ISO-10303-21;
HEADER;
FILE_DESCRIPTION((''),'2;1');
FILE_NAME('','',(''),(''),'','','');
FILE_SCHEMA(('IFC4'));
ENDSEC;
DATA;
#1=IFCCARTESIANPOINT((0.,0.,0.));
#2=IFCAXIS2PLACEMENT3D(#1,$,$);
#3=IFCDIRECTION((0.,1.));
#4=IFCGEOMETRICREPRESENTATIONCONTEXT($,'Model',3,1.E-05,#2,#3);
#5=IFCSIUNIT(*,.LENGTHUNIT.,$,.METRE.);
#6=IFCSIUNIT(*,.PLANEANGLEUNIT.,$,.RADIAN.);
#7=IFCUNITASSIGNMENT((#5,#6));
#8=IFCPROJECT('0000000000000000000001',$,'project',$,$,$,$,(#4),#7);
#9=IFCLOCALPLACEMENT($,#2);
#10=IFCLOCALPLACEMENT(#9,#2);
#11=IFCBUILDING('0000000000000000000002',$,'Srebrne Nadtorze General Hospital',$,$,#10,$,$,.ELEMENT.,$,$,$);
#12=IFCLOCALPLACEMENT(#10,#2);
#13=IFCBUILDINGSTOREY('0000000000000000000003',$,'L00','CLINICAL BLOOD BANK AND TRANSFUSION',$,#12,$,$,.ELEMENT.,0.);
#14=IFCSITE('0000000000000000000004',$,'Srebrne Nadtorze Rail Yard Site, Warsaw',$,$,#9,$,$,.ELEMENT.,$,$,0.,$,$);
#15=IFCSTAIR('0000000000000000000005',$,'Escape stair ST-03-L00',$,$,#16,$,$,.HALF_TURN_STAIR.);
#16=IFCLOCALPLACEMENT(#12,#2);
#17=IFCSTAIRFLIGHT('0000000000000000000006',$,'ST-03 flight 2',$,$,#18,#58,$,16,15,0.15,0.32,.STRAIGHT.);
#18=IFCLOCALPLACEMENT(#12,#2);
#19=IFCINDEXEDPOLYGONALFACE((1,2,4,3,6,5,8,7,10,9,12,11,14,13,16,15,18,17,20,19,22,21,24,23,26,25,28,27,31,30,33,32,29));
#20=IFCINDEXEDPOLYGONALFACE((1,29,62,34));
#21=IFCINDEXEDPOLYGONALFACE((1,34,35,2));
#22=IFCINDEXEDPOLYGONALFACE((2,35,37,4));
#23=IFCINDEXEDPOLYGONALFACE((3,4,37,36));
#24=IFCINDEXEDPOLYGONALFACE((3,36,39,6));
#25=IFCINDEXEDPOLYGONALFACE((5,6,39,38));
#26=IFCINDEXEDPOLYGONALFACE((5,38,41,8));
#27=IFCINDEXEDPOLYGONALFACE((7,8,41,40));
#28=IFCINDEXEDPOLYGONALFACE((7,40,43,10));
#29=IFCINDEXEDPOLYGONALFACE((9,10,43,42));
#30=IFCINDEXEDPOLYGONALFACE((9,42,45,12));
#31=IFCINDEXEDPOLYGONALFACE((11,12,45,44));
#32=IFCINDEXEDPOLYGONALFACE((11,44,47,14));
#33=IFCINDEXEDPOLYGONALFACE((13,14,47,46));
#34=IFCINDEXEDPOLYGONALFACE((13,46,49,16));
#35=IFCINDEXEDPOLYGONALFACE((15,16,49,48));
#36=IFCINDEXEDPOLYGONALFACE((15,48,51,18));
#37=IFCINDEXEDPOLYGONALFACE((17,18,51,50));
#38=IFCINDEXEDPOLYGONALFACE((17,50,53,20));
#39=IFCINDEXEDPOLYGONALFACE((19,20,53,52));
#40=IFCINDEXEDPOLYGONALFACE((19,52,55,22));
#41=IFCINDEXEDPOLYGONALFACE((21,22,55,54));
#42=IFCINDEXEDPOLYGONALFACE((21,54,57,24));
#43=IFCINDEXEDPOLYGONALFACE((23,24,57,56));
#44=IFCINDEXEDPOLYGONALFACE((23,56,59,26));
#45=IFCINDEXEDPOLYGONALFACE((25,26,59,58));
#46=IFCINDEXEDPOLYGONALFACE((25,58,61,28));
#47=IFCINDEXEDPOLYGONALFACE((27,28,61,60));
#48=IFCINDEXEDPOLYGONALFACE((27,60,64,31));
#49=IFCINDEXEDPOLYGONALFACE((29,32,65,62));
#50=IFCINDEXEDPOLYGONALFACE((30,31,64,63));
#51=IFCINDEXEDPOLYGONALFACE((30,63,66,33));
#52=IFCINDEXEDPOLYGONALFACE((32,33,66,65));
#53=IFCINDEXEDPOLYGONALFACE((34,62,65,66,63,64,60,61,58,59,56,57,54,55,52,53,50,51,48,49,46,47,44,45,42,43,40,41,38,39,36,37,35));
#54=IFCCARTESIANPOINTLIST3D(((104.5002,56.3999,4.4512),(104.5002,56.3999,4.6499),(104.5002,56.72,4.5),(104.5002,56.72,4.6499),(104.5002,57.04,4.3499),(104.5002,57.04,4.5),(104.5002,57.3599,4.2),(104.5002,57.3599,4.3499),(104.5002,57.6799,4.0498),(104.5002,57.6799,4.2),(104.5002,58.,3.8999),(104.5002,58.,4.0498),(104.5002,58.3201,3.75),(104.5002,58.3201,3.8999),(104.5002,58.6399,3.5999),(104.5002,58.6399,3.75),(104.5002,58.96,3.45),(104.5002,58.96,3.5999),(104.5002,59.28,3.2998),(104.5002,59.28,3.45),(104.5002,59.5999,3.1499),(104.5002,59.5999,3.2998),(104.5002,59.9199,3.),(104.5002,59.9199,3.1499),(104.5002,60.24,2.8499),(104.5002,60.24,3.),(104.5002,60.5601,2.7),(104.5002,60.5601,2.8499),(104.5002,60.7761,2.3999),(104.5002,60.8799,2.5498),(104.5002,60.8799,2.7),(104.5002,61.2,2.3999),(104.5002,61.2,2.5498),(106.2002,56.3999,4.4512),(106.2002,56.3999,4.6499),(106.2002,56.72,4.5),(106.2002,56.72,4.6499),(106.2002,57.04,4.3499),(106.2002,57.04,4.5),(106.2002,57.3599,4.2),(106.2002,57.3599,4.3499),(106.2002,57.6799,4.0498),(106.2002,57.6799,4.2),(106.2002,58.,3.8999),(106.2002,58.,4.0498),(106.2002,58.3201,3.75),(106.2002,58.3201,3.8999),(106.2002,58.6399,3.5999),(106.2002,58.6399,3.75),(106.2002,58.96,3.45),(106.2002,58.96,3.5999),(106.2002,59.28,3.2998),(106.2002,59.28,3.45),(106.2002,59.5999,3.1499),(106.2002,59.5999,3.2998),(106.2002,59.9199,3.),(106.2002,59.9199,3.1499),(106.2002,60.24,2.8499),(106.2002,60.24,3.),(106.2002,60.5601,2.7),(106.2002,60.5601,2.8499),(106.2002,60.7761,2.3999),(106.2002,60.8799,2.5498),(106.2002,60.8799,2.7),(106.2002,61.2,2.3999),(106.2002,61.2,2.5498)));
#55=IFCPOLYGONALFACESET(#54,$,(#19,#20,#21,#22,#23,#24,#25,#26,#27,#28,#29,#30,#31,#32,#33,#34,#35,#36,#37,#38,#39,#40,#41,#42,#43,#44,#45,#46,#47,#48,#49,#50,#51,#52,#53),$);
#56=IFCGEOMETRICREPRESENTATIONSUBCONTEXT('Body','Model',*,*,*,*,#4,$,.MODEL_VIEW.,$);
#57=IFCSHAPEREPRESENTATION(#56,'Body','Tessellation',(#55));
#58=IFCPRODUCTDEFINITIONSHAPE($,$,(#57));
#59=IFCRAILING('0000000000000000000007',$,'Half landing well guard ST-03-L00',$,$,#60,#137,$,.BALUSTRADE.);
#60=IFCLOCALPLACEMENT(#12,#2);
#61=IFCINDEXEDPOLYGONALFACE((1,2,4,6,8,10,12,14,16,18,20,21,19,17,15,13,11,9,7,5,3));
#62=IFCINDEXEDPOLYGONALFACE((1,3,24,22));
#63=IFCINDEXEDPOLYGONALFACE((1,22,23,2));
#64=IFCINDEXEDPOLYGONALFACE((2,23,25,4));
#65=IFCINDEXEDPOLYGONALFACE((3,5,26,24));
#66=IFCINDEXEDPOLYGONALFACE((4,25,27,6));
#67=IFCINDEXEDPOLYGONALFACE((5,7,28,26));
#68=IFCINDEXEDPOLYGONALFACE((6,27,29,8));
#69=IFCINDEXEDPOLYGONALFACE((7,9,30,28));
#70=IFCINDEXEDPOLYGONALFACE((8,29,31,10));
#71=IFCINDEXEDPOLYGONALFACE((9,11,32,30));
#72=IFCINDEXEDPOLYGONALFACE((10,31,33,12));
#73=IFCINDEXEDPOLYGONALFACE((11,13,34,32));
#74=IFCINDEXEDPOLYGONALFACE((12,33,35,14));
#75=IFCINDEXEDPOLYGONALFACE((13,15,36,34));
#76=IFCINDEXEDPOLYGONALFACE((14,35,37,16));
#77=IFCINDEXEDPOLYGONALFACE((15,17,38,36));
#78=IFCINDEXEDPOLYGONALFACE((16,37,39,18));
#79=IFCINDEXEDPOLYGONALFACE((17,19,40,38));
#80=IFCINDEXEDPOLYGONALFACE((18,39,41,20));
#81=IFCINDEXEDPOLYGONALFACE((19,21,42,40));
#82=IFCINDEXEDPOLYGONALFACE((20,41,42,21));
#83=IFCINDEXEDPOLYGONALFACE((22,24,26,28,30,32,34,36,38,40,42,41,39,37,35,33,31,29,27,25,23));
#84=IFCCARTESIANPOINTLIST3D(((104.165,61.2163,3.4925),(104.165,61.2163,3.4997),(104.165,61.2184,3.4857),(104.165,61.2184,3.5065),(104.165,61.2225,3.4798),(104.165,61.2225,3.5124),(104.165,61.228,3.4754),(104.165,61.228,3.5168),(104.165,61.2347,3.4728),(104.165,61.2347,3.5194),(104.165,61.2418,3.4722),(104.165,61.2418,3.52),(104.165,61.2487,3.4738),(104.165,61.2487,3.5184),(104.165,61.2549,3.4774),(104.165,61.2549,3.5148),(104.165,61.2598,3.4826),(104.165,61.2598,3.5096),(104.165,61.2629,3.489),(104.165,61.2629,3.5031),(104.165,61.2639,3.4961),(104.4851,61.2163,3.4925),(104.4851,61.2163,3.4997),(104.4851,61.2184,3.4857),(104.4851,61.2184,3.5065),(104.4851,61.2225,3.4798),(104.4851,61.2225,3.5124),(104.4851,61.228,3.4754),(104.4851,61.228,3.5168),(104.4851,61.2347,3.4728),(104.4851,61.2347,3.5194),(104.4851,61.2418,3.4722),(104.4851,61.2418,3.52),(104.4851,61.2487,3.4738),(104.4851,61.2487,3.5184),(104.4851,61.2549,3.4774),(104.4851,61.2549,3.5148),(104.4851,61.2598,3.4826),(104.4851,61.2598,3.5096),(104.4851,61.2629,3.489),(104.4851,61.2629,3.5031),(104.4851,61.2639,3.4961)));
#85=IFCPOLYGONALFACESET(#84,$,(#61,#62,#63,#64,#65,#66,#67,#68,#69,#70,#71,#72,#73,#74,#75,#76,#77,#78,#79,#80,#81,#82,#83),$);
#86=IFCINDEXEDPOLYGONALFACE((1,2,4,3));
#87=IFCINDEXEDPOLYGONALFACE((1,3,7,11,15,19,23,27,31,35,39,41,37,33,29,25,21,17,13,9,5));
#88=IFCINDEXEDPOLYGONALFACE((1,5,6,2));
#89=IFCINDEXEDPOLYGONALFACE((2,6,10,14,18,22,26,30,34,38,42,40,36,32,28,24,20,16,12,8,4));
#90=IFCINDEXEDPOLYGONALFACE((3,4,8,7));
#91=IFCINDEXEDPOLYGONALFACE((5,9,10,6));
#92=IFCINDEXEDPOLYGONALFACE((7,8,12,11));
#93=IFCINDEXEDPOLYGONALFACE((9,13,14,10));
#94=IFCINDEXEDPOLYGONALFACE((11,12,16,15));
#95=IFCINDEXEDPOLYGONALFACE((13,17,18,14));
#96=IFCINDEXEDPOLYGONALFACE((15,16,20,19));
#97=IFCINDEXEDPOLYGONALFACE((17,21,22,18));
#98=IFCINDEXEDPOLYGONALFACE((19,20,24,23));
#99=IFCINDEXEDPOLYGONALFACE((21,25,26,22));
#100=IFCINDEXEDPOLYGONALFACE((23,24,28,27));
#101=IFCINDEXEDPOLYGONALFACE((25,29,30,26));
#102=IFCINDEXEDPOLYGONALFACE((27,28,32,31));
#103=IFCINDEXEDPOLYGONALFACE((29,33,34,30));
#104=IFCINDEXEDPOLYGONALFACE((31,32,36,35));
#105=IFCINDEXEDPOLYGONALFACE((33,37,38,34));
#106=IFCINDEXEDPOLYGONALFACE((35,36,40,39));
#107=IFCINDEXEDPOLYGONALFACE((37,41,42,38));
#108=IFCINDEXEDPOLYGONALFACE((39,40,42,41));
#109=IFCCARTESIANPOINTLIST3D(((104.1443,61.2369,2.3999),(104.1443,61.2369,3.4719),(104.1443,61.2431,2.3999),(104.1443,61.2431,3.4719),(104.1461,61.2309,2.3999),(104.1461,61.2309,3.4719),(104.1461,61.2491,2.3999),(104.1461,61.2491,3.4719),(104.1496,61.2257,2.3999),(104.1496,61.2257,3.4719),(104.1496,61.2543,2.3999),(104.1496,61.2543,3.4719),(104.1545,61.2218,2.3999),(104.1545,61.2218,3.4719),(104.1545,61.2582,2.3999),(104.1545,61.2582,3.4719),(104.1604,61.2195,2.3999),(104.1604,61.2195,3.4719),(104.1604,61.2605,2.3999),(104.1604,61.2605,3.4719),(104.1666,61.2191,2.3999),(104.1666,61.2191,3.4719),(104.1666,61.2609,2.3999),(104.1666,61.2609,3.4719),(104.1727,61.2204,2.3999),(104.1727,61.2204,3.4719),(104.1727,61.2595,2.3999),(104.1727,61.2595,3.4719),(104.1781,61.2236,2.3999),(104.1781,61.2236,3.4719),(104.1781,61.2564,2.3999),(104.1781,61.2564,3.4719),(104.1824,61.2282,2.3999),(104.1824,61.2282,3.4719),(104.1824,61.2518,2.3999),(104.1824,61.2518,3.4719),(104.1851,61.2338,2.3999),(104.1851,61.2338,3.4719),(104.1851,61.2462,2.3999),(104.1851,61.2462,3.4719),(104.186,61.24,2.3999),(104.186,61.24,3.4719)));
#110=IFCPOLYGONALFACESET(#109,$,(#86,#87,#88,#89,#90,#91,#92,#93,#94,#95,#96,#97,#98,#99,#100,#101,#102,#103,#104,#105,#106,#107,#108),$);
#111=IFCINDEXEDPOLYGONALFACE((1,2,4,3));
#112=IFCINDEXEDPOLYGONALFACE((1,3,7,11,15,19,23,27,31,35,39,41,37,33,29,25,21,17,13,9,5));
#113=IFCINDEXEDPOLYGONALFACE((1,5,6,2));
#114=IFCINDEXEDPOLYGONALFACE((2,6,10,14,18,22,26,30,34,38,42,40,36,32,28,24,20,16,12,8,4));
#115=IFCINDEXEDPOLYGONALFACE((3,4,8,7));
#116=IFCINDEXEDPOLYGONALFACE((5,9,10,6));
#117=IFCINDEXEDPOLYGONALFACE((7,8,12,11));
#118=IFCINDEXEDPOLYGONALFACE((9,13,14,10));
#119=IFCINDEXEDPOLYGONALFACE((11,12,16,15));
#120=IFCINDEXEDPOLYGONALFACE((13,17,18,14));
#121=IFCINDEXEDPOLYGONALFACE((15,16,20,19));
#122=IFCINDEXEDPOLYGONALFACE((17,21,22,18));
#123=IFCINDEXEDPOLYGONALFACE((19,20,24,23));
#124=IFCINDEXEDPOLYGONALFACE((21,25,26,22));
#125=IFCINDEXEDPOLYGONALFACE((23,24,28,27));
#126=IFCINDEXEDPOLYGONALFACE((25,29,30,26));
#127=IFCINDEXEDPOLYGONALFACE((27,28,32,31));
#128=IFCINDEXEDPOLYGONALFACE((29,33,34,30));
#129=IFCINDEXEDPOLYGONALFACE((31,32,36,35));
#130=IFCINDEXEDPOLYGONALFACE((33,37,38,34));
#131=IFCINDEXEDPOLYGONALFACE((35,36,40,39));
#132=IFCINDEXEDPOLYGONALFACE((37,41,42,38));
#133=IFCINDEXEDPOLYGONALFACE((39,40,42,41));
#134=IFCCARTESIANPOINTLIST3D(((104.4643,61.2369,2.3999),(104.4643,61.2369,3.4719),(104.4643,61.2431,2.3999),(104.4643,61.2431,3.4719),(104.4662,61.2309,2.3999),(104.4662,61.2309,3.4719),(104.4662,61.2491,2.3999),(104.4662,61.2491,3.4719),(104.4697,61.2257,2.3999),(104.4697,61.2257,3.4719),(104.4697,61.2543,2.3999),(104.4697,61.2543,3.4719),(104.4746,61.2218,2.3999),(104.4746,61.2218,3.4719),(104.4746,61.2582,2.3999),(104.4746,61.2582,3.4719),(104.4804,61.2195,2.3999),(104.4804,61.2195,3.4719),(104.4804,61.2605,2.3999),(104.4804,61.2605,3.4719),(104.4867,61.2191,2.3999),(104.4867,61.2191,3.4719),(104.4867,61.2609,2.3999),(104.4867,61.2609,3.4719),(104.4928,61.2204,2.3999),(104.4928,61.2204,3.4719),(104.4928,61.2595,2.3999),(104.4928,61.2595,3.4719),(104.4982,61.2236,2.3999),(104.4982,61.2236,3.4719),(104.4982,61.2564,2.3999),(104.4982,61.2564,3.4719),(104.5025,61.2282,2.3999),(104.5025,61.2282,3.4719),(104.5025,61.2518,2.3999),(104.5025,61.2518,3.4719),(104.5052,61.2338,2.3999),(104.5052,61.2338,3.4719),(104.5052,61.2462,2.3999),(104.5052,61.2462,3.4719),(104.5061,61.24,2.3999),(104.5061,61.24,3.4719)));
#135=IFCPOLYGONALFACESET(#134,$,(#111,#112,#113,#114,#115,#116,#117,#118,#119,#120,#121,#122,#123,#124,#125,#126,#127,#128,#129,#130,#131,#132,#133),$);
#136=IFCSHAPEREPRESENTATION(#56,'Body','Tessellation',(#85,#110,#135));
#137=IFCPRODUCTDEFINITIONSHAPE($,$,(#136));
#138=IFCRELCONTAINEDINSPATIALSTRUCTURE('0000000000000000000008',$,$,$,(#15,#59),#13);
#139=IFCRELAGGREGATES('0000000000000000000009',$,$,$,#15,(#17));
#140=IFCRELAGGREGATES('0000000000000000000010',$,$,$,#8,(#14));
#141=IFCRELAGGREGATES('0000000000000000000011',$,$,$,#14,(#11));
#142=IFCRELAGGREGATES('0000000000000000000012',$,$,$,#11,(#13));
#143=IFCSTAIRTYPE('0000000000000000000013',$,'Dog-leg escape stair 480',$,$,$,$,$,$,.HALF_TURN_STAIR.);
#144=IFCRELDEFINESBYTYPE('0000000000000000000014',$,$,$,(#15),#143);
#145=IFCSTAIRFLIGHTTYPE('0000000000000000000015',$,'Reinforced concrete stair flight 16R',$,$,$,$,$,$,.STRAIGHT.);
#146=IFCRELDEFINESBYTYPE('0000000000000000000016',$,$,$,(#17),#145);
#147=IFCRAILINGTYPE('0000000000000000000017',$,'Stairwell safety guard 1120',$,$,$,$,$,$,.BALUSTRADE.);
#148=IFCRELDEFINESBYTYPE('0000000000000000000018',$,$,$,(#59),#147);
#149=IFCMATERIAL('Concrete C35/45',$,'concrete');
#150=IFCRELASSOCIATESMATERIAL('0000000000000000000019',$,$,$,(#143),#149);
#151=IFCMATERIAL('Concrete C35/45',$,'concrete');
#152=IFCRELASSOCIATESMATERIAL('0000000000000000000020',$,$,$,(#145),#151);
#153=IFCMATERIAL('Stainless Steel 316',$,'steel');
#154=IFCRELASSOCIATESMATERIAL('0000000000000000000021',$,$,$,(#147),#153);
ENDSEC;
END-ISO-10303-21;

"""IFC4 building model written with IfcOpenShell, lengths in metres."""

from ifc_helpers import new_model, si_unit, direction, frame, origin, origin_2d, place, context, subcontext, project, spatial, polyline, circle, outline, extrude, material, type_object, element, aggregate, save


model = new_model("IFC4")

# Units and contexts
model_context = context("Model", 3, precision=1e-05, world=origin(), true_north=direction((0.0, 1.0)))
body_context = subcontext(model_context, "Body", "Model", "MODEL_VIEW")
ifc_project = project(units=[si_unit("LENGTHUNIT", "METRE"), si_unit("PLANEANGLEUNIT", "RADIAN")], contexts=[model_context])

# Site, building, storey
site_placement = place(None, origin())
site = spatial("IfcSite", under=ifc_project, at=site_placement, Name="Srebrne Nadtorze Rail Yard Site, Warsaw", CompositionType="ELEMENT", RefElevation=0.0)
building_placement = place(site_placement, origin())
building = spatial("IfcBuilding", under=site, at=building_placement, Name="Srebrne Nadtorze General Hospital", CompositionType="ELEMENT")
storey_placement = place(building_placement, origin())
storey = spatial("IfcBuildingStorey", under=building, at=storey_placement, Name="L00", Description="CLINICAL BLOOD BANK AND TRANSFUSION", CompositionType="ELEMENT", Elevation=0.0)

# Stair, stair flight
ifc_material_1 = material(Name="Concrete C35/45", Category="concrete")
stair_type = type_object("IfcStairType", Name="Dog-leg escape stair 480", PredefinedType="HALF_TURN_STAIR", material=ifc_material_1)
stair_placement = place(storey_placement, origin())
stair = element("IfcStair", 1, at=stair_placement, inside=storey, type_object=stair_type, Name="Escape stair ST-03-L00", PredefinedType="HALF_TURN_STAIR")
ifc_material_2 = material(Name="Concrete C35/45", Category="concrete")
stair_flight_type = type_object("IfcStairFlightType", Name="Reinforced concrete stair flight 16R", PredefinedType="STRAIGHT", material=ifc_material_2)
stair_flight_1_placement = place(storey_placement, frame((105.3501, 61.2, 2.3999), z_axis=(0.0, 0.0, 1.0), x_axis=(0.0, -1.0, 0.0)))
stair_flight_1 = element("IfcStairFlight", 2, at=stair_flight_1_placement, type_object=stair_flight_type, Name="ST-03 flight 2", NumberOfRisers=16, NumberOfTreads=15, PredefinedType="STRAIGHT", RiserHeight=0.15, TreadLength=0.32, context=body_context, shape_type="SweptSolid", body=[
    extrude(outline(polyline([(0.0, 0.0), (0.0, 0.1499), (0.3201, 0.1499), (0.3201, 0.3), (0.6399, 0.3), (0.6399, 0.45), (0.96, 0.45), (0.96, 0.6001), (1.28, 0.6001), (1.28, 0.75), (1.6001, 0.75), (1.6001, 0.8999), (1.9199, 0.8999), (1.9199, 1.05), (2.24, 1.05), (2.24, 1.2), (2.5601, 1.2), (2.5601, 1.3501), (2.8799, 1.3501), (2.8799, 1.5), (3.2, 1.5), (3.2, 1.6499), (3.52, 1.6499), (3.52, 1.8), (3.8401, 1.8), (3.8401, 1.95), (4.1599, 1.95), (4.1599, 2.1001), (4.48, 2.1001), (4.48, 2.25), (4.8, 2.25), (4.8, 2.3999), (4.8, 2.0513), (0.4238, 0.0), (0.0, 0.0)])), frame((0.0, 0.8501, 0.0), z_axis=(0.0, -1.0, 0.0), x_axis=(1.0, 0.0, 0.0)), (0.0, 0.0, 1.0), 1.7),
])
aggregate(stair, [stair_flight_1])

# Railing
ifc_material_3 = material(Name="Stainless Steel 316", Category="steel")
railing_type_1 = type_object("IfcRailingType", Name="Stairwell safety guard 1120", PredefinedType="BALUSTRADE", material=ifc_material_3)
railing_1_placement = place(storey_placement, frame((104.165, 61.24, 2.3999)))
element("IfcRailing", 3, at=railing_1_placement, inside=storey, type_object=railing_type_1, Name="Half landing well guard ST-03-L00", PredefinedType="BALUSTRADE", context=body_context, shape_type="SweptSolid", body=[
    extrude(circle(Radius=0.0239, at=origin_2d()), frame((0.0, 0.0, 1.0962), z_axis=(1.0, 0.0, 0.0), x_axis=(0.0, 1.0, 0.0)), (0.0, 0.0, 1.0), 0.3201),
    extrude(circle(Radius=0.021, at=origin_2d()), origin(), (0.0, 0.0, 1.0), 1.072),
    extrude(circle(Radius=0.021, at=origin_2d()), frame((0.3201, 0.0, 0.0)), (0.0, 0.0, 1.0), 1.072),
])

save(model, "model.ifc")
